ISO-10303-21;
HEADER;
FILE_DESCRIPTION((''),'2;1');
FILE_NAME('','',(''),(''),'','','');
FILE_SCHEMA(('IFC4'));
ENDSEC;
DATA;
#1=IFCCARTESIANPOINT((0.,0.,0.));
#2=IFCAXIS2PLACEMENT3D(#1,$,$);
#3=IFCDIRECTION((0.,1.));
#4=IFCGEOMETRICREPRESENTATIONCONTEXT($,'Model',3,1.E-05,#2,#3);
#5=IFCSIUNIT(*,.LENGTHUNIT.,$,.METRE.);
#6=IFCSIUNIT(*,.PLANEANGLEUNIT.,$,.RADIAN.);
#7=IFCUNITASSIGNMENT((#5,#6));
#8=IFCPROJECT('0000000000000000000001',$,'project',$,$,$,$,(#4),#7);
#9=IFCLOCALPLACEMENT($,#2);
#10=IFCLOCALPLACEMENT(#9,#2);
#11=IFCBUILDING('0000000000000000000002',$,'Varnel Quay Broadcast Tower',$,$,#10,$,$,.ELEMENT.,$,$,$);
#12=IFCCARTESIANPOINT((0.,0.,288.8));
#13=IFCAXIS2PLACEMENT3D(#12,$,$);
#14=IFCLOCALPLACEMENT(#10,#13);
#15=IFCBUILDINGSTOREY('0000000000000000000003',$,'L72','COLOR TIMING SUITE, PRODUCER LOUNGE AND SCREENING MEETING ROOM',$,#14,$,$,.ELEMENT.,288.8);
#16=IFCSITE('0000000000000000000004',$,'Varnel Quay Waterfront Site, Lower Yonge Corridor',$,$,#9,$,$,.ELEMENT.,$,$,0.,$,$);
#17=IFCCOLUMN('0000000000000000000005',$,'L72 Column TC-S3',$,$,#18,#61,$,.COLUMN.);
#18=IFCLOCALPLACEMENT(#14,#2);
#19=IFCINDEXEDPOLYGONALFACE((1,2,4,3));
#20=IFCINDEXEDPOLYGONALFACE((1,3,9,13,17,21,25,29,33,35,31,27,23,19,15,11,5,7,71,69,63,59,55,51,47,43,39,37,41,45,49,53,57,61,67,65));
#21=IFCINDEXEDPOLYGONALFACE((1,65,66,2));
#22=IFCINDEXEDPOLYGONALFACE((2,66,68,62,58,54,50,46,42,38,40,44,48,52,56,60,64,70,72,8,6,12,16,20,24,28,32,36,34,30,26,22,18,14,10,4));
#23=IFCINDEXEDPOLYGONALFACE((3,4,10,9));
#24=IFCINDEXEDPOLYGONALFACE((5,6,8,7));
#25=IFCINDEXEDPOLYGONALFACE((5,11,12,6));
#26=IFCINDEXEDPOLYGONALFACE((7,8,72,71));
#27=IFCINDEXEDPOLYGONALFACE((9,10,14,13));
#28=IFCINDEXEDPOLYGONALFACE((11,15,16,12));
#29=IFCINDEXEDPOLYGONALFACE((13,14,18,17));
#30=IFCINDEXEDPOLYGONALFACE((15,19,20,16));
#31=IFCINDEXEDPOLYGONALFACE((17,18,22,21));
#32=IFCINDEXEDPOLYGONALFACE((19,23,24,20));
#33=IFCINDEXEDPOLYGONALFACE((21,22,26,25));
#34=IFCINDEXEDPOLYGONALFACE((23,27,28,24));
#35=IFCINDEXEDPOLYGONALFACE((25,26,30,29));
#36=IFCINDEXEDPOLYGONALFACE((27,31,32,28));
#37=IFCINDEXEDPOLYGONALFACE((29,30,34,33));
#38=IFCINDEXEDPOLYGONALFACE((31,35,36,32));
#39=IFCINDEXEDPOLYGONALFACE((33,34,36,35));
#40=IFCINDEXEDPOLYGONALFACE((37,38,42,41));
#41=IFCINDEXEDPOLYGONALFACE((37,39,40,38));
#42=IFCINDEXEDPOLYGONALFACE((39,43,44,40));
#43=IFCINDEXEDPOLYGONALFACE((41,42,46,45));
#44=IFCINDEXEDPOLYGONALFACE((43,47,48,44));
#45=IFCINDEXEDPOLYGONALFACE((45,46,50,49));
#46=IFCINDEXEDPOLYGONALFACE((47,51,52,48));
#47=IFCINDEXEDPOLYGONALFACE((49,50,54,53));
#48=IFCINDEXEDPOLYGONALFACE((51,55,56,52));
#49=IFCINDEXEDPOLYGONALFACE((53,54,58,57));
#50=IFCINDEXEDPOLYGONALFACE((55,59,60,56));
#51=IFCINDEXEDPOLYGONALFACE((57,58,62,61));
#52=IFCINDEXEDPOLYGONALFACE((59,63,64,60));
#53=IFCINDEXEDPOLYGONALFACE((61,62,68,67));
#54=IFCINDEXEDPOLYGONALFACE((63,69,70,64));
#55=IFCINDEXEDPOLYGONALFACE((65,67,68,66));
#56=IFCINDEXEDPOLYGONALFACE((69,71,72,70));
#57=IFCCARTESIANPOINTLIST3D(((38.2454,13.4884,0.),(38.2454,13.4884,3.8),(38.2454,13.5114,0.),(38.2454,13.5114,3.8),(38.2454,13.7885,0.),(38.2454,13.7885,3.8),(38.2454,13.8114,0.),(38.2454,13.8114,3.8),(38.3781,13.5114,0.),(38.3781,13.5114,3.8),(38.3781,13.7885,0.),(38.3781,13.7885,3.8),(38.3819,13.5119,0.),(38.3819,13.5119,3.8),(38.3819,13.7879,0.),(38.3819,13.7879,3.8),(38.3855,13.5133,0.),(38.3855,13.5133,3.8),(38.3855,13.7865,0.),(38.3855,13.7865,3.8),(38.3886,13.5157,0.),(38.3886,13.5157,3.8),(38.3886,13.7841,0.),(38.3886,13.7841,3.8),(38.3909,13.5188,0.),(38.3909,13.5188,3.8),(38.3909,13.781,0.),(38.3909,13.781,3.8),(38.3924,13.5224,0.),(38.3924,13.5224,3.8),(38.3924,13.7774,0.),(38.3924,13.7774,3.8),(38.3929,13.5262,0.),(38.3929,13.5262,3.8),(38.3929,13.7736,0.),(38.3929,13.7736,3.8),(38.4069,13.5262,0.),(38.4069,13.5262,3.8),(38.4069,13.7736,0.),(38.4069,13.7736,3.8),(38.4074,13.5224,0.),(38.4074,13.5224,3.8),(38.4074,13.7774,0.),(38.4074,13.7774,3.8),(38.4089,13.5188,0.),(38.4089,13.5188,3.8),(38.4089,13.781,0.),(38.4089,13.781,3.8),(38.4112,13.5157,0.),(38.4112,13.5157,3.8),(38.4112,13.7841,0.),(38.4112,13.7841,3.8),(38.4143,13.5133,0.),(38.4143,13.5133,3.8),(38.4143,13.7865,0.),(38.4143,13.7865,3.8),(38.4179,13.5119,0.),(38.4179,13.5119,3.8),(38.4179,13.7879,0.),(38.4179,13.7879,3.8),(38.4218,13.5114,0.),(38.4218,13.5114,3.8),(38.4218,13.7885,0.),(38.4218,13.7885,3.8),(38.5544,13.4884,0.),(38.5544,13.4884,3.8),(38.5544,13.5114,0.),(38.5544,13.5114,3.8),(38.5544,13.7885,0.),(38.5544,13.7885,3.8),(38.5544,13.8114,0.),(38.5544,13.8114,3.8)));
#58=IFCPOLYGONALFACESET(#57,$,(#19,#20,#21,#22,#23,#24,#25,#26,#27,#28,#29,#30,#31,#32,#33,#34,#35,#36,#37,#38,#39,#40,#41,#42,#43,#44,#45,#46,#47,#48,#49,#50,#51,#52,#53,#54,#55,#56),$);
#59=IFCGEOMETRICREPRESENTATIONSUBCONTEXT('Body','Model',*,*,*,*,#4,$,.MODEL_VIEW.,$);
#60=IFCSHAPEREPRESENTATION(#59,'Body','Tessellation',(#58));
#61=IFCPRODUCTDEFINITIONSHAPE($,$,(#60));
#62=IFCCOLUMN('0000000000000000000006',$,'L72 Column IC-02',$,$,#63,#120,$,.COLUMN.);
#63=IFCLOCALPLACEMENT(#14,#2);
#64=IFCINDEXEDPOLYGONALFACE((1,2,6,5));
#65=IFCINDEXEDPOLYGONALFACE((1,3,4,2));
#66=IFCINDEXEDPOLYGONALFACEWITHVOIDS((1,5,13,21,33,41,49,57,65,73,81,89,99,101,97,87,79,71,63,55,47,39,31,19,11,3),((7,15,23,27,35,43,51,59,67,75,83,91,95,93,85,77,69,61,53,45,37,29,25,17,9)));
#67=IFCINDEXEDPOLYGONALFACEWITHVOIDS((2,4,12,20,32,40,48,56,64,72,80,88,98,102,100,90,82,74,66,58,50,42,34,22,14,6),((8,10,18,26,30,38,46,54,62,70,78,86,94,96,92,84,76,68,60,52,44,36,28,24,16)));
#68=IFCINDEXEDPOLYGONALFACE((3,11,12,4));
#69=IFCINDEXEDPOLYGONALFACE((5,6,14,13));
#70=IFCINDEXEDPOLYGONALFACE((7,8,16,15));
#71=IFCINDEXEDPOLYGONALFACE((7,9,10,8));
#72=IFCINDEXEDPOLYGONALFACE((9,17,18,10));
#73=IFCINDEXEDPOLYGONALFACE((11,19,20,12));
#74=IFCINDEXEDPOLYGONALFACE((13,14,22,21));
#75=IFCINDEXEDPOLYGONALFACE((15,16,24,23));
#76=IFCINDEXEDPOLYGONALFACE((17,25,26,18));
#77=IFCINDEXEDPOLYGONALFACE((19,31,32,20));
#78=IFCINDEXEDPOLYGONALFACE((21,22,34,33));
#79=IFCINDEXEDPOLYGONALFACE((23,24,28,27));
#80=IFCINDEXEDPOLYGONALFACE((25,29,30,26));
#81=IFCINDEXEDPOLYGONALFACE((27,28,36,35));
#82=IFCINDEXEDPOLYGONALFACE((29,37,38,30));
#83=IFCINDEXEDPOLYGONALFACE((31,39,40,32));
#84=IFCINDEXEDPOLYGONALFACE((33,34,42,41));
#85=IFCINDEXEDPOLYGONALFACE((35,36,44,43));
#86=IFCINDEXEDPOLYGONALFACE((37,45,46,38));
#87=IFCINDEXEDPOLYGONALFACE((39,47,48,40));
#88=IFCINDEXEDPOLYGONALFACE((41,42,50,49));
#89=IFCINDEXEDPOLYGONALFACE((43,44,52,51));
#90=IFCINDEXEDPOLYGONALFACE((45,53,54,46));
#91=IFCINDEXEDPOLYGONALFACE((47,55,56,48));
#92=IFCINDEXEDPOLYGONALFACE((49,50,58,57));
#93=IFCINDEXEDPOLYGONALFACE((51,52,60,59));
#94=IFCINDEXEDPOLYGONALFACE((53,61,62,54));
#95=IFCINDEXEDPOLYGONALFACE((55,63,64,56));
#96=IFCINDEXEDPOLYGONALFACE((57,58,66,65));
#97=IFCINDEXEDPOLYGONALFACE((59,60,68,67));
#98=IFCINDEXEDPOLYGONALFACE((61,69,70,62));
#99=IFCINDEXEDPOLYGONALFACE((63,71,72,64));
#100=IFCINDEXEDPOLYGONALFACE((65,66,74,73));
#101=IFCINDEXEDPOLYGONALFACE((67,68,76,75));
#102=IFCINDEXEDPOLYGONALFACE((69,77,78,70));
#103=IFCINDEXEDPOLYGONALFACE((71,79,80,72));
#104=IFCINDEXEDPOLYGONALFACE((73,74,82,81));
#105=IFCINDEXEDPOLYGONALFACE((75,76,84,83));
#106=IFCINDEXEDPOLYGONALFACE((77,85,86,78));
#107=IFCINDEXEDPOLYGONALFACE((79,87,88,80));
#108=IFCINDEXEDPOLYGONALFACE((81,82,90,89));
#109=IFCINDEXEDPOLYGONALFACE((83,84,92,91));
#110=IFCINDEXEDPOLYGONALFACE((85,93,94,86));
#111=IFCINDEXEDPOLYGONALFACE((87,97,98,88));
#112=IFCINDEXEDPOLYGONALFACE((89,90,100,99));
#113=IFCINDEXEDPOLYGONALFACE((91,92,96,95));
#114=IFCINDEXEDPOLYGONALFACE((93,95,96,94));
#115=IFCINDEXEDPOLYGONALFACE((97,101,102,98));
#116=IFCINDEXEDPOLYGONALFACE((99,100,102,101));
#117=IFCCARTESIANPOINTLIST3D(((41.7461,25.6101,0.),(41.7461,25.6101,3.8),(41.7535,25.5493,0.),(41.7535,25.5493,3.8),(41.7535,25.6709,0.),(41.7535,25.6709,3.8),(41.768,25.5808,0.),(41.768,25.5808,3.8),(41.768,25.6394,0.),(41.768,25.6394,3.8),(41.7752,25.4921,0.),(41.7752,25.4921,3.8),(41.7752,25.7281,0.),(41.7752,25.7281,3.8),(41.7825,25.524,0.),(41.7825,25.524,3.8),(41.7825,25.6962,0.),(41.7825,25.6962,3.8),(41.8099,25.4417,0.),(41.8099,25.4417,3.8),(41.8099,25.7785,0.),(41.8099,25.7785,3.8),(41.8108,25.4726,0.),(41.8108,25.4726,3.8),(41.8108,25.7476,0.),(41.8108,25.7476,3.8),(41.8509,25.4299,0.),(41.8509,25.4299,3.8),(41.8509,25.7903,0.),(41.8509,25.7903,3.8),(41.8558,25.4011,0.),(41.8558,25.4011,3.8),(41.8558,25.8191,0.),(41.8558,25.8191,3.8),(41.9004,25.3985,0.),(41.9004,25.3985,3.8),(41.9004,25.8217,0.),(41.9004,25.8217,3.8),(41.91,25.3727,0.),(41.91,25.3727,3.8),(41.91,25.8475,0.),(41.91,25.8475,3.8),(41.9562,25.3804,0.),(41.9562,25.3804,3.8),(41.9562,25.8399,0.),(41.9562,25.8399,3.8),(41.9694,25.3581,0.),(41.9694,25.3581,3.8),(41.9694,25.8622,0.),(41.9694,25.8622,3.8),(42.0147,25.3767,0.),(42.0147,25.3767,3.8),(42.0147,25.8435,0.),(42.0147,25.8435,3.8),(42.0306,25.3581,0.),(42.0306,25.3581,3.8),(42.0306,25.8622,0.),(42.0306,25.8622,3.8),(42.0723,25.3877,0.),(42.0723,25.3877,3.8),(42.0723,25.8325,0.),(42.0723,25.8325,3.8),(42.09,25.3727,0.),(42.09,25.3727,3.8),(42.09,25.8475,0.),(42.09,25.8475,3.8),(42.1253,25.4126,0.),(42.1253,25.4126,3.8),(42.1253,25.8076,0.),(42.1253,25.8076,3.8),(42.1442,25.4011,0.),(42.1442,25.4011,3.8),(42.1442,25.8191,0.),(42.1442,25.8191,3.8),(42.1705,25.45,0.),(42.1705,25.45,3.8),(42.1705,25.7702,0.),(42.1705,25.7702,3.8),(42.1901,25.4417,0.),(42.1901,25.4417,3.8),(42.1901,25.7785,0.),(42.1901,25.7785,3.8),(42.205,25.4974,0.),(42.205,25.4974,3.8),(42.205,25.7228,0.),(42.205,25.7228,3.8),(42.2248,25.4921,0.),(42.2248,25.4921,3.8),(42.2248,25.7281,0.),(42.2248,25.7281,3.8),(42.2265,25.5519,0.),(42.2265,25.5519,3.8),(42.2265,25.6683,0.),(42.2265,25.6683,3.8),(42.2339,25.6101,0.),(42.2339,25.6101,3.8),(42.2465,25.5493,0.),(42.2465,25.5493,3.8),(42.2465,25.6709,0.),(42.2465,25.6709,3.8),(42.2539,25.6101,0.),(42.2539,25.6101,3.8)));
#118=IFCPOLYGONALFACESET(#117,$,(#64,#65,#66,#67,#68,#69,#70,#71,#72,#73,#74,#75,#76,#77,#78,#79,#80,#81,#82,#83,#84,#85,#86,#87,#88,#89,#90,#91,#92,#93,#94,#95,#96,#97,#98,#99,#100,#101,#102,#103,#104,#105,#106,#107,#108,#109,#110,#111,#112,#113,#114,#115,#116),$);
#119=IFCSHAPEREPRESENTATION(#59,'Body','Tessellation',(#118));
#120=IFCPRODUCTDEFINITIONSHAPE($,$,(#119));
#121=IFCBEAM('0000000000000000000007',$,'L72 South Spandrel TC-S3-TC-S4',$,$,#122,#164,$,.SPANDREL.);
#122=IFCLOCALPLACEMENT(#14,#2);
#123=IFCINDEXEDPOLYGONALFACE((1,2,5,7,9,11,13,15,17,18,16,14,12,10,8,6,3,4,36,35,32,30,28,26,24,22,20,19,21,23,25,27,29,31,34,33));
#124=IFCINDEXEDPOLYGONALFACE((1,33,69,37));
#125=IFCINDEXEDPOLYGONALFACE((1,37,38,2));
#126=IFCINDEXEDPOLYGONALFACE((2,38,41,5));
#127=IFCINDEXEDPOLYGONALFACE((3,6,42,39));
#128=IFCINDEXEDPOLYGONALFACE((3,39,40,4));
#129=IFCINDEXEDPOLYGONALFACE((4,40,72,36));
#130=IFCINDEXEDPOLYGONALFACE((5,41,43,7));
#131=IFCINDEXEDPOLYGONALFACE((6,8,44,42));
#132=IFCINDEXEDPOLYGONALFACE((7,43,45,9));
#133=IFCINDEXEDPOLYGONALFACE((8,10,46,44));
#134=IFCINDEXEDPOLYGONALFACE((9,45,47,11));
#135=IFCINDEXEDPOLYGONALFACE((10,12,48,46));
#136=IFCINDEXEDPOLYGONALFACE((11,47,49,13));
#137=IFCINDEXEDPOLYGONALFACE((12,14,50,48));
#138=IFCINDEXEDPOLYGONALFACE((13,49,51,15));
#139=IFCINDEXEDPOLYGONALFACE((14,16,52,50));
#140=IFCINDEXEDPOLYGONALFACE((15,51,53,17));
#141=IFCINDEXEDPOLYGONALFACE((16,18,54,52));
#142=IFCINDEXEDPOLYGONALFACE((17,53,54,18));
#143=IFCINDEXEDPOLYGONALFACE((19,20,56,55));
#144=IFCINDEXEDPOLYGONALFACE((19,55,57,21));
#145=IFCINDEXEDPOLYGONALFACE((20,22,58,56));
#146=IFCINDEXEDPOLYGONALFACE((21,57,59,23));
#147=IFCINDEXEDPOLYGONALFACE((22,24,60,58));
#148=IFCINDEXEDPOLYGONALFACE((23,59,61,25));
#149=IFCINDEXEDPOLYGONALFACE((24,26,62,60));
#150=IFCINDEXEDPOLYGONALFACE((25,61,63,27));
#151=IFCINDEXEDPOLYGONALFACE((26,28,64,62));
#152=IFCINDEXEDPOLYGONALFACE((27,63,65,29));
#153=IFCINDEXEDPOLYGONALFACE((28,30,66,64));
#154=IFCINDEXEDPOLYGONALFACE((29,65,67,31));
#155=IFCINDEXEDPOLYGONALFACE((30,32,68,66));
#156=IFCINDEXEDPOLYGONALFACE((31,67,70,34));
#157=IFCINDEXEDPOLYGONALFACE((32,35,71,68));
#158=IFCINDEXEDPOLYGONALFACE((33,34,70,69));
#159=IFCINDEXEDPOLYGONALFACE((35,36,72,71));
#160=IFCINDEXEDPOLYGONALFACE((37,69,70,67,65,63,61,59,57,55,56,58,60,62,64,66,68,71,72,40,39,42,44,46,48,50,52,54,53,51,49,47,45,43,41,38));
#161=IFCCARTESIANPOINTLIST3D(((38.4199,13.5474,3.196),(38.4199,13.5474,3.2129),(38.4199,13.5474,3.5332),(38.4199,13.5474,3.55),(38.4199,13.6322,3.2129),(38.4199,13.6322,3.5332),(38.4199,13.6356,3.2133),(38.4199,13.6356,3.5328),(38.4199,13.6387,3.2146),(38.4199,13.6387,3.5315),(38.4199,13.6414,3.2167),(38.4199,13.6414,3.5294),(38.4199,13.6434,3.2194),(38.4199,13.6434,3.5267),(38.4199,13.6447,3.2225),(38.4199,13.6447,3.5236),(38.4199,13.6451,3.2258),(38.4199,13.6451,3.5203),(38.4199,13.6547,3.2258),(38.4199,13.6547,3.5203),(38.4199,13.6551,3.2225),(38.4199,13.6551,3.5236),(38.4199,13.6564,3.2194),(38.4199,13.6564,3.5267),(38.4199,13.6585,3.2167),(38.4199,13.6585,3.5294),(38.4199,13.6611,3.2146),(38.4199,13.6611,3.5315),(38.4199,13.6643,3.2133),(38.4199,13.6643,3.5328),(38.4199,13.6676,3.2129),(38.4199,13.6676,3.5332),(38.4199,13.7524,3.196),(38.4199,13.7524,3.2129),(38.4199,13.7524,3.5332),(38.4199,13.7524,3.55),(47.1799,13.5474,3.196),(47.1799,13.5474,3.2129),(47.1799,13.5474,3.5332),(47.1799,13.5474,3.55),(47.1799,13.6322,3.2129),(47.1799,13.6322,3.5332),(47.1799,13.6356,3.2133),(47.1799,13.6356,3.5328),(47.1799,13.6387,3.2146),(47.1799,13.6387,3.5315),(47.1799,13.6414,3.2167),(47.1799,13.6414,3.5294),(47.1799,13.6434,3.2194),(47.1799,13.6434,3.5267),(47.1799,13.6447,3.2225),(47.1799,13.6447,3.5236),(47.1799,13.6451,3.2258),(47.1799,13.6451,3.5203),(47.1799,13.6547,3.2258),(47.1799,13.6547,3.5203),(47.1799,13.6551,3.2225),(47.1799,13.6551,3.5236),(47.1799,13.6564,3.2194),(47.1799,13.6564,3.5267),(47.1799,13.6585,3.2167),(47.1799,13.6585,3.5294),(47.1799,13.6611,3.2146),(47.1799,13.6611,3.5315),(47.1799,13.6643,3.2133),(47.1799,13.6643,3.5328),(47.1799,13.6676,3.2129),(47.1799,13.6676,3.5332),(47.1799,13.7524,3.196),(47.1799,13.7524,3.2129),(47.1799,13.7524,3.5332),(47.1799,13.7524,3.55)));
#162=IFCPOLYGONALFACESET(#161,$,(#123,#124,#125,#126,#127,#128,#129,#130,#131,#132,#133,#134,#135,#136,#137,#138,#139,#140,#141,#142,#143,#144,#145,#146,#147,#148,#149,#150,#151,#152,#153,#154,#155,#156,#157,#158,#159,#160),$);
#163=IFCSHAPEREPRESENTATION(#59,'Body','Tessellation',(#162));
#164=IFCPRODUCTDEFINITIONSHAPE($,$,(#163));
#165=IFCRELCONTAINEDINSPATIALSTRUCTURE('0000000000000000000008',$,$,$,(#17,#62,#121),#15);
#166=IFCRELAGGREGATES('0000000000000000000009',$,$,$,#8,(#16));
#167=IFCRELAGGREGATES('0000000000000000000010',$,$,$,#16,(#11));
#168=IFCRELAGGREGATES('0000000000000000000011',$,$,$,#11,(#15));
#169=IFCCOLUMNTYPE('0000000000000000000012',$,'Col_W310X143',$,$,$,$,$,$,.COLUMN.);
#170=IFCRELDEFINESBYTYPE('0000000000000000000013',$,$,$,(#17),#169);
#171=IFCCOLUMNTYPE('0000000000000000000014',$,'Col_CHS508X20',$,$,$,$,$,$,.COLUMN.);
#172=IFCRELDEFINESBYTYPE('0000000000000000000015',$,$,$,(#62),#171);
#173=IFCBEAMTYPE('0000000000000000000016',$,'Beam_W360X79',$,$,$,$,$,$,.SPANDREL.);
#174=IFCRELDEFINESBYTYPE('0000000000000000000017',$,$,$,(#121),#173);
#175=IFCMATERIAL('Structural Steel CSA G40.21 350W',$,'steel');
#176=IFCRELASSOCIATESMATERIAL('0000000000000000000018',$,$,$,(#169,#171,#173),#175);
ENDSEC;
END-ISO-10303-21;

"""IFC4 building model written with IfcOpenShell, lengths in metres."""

from ifc_helpers import new_model, si_unit, direction, frame, origin, origin_2d, place, context, subcontext, project, spatial, hollow_circle, i_section, extrude, source, transform, mapped, material, material_profile, profile_set, type_object, type_shapes, element, save


model = new_model("IFC4")

# Units and contexts
model_context = context("Model", 3, precision=1e-05, world=origin(), true_north=direction((0.0, 1.0)))
body_context = subcontext(model_context, "Body", "Model", "MODEL_VIEW")
ifc_project = project(units=[si_unit("LENGTHUNIT", "METRE"), si_unit("PLANEANGLEUNIT", "RADIAN")], contexts=[model_context])

# Site, building, storey
site_placement = place(None, origin())
site = spatial("IfcSite", under=ifc_project, at=site_placement, Name="Varnel Quay Waterfront Site, Lower Yonge Corridor", CompositionType="ELEMENT", RefElevation=0.0)
building_placement = place(site_placement, origin())
building = spatial("IfcBuilding", under=site, at=building_placement, Name="Varnel Quay Broadcast Tower", CompositionType="ELEMENT")
storey_placement = place(building_placement, frame((0.0, 0.0, 288.8)))
storey = spatial("IfcBuildingStorey", under=building, at=storey_placement, Name="L72", Description="COLOR TIMING SUITE, PRODUCER LOUNGE AND SCREENING MEETING ROOM", CompositionType="ELEMENT", Elevation=288.8)

# Columns
ifc_material_1 = material(Name="Structural Steel CSA G40.21 350W", Category="steel")
ifc_material_profile_1 = material_profile(ifc_material_1, i_section(OverallWidth=0.3091, OverallDepth=0.323, WebThickness=0.0139, FlangeThickness=0.0229, FilletRadius=0.0149, at=origin_2d()), Name="W310X143")
ifc_profile_set_1 = profile_set([ifc_material_profile_1], Name="Structural Steel CSA G40.21 350W")
column_type_1 = type_object("IfcColumnType", Name="Col_W310X143", PredefinedType="COLUMN", material=ifc_profile_set_1)
shared_shape_1 = source(origin(), body_context, "Body", "SweptSolid", [
    extrude(i_section(OverallWidth=0.3091, OverallDepth=0.323, WebThickness=0.0139, FlangeThickness=0.0229, FilletRadius=0.0149, at=origin_2d()), origin(), (0.0, 0.0, 1.0), 3.8),
])
type_shapes(column_type_1, [shared_shape_1])
column_1_placement = place(storey_placement, frame((38.3999, 13.6499, 0.0), z_axis=(0.0, 0.0, 1.0), x_axis=(1.0, 0.0, 0.0)))
element("IfcColumn", 1, at=column_1_placement, inside=storey, type_object=column_type_1, Name="L72 Column TC-S3", PredefinedType="COLUMN", context=body_context, shape_type="MappedRepresentation", body=[
    mapped(shared_shape_1, transform((0.0, 0.0, 0.0), x_axis=(1.0, 0.0, 0.0), y_axis=(0.0, 1.0, 0.0), z_axis=(0.0, 0.0, 1.0), scale=1.0)),
])
ifc_material_profile_2 = material_profile(ifc_material_1, hollow_circle(Radius=0.2539, WallThickness=0.02, at=origin_2d()), Name="CHS508X20")
ifc_profile_set_2 = profile_set([ifc_material_profile_2], Name="Structural Steel CSA G40.21 350W")
column_type_2 = type_object("IfcColumnType", Name="Col_CHS508X20", PredefinedType="COLUMN", material=ifc_profile_set_2)
shared_shape_2 = source(origin(), body_context, "Body", "SweptSolid", [
    extrude(hollow_circle(Radius=0.2539, WallThickness=0.02, at=origin_2d()), origin(), (0.0, 0.0, 1.0), 3.8),
])
type_shapes(column_type_2, [shared_shape_2])
column_2_placement = place(storey_placement, frame((42.0, 25.6101, 0.0), z_axis=(0.0, 0.0, 1.0), x_axis=(1.0, 0.0, 0.0)))
element("IfcColumn", 2, at=column_2_placement, inside=storey, type_object=column_type_2, Name="L72 Column IC-02", PredefinedType="COLUMN", context=body_context, shape_type="MappedRepresentation", body=[
    mapped(shared_shape_2, transform((0.0, 0.0, 0.0), x_axis=(1.0, 0.0, 0.0), y_axis=(0.0, 1.0, 0.0), z_axis=(0.0, 0.0, 1.0), scale=1.0)),
])

# Beam
ifc_material_profile_3 = material_profile(ifc_material_1, i_section(OverallWidth=0.2051, OverallDepth=0.354, WebThickness=0.0095, FlangeThickness=0.0168, FilletRadius=0.0129, at=origin_2d()), Name="W360X79")
ifc_profile_set_3 = profile_set([ifc_material_profile_3], Name="Structural Steel CSA G40.21 350W")
beam_type_1 = type_object("IfcBeamType", Name="Beam_W360X79", PredefinedType="SPANDREL", material=ifc_profile_set_3)
shared_shape_3 = source(origin(), body_context, "Body", "SweptSolid", [
    extrude(i_section(OverallWidth=0.2051, OverallDepth=0.354, WebThickness=0.0095, FlangeThickness=0.0168, FilletRadius=0.0129, at=origin_2d()), origin(), (0.0, 0.0, 1.0), 8.76),
])
beam_1_placement = place(storey_placement, frame((38.4199, 13.6499, 3.373), z_axis=(1.0, 0.0, 0.0), x_axis=(0.0, 1.0, 0.0)))
element("IfcBeam", 3, at=beam_1_placement, inside=storey, type_object=beam_type_1, Name="L72 South Spandrel TC-S3-TC-S4", PredefinedType="SPANDREL", context=body_context, shape_type="MappedRepresentation", body=[
    mapped(shared_shape_3, transform((0.0, 0.0, 0.0), x_axis=(1.0, 0.0, 0.0), y_axis=(0.0, 1.0, 0.0), z_axis=(0.0, 0.0, 1.0), scale=1.0)),
])

save(model, "model.ifc")
